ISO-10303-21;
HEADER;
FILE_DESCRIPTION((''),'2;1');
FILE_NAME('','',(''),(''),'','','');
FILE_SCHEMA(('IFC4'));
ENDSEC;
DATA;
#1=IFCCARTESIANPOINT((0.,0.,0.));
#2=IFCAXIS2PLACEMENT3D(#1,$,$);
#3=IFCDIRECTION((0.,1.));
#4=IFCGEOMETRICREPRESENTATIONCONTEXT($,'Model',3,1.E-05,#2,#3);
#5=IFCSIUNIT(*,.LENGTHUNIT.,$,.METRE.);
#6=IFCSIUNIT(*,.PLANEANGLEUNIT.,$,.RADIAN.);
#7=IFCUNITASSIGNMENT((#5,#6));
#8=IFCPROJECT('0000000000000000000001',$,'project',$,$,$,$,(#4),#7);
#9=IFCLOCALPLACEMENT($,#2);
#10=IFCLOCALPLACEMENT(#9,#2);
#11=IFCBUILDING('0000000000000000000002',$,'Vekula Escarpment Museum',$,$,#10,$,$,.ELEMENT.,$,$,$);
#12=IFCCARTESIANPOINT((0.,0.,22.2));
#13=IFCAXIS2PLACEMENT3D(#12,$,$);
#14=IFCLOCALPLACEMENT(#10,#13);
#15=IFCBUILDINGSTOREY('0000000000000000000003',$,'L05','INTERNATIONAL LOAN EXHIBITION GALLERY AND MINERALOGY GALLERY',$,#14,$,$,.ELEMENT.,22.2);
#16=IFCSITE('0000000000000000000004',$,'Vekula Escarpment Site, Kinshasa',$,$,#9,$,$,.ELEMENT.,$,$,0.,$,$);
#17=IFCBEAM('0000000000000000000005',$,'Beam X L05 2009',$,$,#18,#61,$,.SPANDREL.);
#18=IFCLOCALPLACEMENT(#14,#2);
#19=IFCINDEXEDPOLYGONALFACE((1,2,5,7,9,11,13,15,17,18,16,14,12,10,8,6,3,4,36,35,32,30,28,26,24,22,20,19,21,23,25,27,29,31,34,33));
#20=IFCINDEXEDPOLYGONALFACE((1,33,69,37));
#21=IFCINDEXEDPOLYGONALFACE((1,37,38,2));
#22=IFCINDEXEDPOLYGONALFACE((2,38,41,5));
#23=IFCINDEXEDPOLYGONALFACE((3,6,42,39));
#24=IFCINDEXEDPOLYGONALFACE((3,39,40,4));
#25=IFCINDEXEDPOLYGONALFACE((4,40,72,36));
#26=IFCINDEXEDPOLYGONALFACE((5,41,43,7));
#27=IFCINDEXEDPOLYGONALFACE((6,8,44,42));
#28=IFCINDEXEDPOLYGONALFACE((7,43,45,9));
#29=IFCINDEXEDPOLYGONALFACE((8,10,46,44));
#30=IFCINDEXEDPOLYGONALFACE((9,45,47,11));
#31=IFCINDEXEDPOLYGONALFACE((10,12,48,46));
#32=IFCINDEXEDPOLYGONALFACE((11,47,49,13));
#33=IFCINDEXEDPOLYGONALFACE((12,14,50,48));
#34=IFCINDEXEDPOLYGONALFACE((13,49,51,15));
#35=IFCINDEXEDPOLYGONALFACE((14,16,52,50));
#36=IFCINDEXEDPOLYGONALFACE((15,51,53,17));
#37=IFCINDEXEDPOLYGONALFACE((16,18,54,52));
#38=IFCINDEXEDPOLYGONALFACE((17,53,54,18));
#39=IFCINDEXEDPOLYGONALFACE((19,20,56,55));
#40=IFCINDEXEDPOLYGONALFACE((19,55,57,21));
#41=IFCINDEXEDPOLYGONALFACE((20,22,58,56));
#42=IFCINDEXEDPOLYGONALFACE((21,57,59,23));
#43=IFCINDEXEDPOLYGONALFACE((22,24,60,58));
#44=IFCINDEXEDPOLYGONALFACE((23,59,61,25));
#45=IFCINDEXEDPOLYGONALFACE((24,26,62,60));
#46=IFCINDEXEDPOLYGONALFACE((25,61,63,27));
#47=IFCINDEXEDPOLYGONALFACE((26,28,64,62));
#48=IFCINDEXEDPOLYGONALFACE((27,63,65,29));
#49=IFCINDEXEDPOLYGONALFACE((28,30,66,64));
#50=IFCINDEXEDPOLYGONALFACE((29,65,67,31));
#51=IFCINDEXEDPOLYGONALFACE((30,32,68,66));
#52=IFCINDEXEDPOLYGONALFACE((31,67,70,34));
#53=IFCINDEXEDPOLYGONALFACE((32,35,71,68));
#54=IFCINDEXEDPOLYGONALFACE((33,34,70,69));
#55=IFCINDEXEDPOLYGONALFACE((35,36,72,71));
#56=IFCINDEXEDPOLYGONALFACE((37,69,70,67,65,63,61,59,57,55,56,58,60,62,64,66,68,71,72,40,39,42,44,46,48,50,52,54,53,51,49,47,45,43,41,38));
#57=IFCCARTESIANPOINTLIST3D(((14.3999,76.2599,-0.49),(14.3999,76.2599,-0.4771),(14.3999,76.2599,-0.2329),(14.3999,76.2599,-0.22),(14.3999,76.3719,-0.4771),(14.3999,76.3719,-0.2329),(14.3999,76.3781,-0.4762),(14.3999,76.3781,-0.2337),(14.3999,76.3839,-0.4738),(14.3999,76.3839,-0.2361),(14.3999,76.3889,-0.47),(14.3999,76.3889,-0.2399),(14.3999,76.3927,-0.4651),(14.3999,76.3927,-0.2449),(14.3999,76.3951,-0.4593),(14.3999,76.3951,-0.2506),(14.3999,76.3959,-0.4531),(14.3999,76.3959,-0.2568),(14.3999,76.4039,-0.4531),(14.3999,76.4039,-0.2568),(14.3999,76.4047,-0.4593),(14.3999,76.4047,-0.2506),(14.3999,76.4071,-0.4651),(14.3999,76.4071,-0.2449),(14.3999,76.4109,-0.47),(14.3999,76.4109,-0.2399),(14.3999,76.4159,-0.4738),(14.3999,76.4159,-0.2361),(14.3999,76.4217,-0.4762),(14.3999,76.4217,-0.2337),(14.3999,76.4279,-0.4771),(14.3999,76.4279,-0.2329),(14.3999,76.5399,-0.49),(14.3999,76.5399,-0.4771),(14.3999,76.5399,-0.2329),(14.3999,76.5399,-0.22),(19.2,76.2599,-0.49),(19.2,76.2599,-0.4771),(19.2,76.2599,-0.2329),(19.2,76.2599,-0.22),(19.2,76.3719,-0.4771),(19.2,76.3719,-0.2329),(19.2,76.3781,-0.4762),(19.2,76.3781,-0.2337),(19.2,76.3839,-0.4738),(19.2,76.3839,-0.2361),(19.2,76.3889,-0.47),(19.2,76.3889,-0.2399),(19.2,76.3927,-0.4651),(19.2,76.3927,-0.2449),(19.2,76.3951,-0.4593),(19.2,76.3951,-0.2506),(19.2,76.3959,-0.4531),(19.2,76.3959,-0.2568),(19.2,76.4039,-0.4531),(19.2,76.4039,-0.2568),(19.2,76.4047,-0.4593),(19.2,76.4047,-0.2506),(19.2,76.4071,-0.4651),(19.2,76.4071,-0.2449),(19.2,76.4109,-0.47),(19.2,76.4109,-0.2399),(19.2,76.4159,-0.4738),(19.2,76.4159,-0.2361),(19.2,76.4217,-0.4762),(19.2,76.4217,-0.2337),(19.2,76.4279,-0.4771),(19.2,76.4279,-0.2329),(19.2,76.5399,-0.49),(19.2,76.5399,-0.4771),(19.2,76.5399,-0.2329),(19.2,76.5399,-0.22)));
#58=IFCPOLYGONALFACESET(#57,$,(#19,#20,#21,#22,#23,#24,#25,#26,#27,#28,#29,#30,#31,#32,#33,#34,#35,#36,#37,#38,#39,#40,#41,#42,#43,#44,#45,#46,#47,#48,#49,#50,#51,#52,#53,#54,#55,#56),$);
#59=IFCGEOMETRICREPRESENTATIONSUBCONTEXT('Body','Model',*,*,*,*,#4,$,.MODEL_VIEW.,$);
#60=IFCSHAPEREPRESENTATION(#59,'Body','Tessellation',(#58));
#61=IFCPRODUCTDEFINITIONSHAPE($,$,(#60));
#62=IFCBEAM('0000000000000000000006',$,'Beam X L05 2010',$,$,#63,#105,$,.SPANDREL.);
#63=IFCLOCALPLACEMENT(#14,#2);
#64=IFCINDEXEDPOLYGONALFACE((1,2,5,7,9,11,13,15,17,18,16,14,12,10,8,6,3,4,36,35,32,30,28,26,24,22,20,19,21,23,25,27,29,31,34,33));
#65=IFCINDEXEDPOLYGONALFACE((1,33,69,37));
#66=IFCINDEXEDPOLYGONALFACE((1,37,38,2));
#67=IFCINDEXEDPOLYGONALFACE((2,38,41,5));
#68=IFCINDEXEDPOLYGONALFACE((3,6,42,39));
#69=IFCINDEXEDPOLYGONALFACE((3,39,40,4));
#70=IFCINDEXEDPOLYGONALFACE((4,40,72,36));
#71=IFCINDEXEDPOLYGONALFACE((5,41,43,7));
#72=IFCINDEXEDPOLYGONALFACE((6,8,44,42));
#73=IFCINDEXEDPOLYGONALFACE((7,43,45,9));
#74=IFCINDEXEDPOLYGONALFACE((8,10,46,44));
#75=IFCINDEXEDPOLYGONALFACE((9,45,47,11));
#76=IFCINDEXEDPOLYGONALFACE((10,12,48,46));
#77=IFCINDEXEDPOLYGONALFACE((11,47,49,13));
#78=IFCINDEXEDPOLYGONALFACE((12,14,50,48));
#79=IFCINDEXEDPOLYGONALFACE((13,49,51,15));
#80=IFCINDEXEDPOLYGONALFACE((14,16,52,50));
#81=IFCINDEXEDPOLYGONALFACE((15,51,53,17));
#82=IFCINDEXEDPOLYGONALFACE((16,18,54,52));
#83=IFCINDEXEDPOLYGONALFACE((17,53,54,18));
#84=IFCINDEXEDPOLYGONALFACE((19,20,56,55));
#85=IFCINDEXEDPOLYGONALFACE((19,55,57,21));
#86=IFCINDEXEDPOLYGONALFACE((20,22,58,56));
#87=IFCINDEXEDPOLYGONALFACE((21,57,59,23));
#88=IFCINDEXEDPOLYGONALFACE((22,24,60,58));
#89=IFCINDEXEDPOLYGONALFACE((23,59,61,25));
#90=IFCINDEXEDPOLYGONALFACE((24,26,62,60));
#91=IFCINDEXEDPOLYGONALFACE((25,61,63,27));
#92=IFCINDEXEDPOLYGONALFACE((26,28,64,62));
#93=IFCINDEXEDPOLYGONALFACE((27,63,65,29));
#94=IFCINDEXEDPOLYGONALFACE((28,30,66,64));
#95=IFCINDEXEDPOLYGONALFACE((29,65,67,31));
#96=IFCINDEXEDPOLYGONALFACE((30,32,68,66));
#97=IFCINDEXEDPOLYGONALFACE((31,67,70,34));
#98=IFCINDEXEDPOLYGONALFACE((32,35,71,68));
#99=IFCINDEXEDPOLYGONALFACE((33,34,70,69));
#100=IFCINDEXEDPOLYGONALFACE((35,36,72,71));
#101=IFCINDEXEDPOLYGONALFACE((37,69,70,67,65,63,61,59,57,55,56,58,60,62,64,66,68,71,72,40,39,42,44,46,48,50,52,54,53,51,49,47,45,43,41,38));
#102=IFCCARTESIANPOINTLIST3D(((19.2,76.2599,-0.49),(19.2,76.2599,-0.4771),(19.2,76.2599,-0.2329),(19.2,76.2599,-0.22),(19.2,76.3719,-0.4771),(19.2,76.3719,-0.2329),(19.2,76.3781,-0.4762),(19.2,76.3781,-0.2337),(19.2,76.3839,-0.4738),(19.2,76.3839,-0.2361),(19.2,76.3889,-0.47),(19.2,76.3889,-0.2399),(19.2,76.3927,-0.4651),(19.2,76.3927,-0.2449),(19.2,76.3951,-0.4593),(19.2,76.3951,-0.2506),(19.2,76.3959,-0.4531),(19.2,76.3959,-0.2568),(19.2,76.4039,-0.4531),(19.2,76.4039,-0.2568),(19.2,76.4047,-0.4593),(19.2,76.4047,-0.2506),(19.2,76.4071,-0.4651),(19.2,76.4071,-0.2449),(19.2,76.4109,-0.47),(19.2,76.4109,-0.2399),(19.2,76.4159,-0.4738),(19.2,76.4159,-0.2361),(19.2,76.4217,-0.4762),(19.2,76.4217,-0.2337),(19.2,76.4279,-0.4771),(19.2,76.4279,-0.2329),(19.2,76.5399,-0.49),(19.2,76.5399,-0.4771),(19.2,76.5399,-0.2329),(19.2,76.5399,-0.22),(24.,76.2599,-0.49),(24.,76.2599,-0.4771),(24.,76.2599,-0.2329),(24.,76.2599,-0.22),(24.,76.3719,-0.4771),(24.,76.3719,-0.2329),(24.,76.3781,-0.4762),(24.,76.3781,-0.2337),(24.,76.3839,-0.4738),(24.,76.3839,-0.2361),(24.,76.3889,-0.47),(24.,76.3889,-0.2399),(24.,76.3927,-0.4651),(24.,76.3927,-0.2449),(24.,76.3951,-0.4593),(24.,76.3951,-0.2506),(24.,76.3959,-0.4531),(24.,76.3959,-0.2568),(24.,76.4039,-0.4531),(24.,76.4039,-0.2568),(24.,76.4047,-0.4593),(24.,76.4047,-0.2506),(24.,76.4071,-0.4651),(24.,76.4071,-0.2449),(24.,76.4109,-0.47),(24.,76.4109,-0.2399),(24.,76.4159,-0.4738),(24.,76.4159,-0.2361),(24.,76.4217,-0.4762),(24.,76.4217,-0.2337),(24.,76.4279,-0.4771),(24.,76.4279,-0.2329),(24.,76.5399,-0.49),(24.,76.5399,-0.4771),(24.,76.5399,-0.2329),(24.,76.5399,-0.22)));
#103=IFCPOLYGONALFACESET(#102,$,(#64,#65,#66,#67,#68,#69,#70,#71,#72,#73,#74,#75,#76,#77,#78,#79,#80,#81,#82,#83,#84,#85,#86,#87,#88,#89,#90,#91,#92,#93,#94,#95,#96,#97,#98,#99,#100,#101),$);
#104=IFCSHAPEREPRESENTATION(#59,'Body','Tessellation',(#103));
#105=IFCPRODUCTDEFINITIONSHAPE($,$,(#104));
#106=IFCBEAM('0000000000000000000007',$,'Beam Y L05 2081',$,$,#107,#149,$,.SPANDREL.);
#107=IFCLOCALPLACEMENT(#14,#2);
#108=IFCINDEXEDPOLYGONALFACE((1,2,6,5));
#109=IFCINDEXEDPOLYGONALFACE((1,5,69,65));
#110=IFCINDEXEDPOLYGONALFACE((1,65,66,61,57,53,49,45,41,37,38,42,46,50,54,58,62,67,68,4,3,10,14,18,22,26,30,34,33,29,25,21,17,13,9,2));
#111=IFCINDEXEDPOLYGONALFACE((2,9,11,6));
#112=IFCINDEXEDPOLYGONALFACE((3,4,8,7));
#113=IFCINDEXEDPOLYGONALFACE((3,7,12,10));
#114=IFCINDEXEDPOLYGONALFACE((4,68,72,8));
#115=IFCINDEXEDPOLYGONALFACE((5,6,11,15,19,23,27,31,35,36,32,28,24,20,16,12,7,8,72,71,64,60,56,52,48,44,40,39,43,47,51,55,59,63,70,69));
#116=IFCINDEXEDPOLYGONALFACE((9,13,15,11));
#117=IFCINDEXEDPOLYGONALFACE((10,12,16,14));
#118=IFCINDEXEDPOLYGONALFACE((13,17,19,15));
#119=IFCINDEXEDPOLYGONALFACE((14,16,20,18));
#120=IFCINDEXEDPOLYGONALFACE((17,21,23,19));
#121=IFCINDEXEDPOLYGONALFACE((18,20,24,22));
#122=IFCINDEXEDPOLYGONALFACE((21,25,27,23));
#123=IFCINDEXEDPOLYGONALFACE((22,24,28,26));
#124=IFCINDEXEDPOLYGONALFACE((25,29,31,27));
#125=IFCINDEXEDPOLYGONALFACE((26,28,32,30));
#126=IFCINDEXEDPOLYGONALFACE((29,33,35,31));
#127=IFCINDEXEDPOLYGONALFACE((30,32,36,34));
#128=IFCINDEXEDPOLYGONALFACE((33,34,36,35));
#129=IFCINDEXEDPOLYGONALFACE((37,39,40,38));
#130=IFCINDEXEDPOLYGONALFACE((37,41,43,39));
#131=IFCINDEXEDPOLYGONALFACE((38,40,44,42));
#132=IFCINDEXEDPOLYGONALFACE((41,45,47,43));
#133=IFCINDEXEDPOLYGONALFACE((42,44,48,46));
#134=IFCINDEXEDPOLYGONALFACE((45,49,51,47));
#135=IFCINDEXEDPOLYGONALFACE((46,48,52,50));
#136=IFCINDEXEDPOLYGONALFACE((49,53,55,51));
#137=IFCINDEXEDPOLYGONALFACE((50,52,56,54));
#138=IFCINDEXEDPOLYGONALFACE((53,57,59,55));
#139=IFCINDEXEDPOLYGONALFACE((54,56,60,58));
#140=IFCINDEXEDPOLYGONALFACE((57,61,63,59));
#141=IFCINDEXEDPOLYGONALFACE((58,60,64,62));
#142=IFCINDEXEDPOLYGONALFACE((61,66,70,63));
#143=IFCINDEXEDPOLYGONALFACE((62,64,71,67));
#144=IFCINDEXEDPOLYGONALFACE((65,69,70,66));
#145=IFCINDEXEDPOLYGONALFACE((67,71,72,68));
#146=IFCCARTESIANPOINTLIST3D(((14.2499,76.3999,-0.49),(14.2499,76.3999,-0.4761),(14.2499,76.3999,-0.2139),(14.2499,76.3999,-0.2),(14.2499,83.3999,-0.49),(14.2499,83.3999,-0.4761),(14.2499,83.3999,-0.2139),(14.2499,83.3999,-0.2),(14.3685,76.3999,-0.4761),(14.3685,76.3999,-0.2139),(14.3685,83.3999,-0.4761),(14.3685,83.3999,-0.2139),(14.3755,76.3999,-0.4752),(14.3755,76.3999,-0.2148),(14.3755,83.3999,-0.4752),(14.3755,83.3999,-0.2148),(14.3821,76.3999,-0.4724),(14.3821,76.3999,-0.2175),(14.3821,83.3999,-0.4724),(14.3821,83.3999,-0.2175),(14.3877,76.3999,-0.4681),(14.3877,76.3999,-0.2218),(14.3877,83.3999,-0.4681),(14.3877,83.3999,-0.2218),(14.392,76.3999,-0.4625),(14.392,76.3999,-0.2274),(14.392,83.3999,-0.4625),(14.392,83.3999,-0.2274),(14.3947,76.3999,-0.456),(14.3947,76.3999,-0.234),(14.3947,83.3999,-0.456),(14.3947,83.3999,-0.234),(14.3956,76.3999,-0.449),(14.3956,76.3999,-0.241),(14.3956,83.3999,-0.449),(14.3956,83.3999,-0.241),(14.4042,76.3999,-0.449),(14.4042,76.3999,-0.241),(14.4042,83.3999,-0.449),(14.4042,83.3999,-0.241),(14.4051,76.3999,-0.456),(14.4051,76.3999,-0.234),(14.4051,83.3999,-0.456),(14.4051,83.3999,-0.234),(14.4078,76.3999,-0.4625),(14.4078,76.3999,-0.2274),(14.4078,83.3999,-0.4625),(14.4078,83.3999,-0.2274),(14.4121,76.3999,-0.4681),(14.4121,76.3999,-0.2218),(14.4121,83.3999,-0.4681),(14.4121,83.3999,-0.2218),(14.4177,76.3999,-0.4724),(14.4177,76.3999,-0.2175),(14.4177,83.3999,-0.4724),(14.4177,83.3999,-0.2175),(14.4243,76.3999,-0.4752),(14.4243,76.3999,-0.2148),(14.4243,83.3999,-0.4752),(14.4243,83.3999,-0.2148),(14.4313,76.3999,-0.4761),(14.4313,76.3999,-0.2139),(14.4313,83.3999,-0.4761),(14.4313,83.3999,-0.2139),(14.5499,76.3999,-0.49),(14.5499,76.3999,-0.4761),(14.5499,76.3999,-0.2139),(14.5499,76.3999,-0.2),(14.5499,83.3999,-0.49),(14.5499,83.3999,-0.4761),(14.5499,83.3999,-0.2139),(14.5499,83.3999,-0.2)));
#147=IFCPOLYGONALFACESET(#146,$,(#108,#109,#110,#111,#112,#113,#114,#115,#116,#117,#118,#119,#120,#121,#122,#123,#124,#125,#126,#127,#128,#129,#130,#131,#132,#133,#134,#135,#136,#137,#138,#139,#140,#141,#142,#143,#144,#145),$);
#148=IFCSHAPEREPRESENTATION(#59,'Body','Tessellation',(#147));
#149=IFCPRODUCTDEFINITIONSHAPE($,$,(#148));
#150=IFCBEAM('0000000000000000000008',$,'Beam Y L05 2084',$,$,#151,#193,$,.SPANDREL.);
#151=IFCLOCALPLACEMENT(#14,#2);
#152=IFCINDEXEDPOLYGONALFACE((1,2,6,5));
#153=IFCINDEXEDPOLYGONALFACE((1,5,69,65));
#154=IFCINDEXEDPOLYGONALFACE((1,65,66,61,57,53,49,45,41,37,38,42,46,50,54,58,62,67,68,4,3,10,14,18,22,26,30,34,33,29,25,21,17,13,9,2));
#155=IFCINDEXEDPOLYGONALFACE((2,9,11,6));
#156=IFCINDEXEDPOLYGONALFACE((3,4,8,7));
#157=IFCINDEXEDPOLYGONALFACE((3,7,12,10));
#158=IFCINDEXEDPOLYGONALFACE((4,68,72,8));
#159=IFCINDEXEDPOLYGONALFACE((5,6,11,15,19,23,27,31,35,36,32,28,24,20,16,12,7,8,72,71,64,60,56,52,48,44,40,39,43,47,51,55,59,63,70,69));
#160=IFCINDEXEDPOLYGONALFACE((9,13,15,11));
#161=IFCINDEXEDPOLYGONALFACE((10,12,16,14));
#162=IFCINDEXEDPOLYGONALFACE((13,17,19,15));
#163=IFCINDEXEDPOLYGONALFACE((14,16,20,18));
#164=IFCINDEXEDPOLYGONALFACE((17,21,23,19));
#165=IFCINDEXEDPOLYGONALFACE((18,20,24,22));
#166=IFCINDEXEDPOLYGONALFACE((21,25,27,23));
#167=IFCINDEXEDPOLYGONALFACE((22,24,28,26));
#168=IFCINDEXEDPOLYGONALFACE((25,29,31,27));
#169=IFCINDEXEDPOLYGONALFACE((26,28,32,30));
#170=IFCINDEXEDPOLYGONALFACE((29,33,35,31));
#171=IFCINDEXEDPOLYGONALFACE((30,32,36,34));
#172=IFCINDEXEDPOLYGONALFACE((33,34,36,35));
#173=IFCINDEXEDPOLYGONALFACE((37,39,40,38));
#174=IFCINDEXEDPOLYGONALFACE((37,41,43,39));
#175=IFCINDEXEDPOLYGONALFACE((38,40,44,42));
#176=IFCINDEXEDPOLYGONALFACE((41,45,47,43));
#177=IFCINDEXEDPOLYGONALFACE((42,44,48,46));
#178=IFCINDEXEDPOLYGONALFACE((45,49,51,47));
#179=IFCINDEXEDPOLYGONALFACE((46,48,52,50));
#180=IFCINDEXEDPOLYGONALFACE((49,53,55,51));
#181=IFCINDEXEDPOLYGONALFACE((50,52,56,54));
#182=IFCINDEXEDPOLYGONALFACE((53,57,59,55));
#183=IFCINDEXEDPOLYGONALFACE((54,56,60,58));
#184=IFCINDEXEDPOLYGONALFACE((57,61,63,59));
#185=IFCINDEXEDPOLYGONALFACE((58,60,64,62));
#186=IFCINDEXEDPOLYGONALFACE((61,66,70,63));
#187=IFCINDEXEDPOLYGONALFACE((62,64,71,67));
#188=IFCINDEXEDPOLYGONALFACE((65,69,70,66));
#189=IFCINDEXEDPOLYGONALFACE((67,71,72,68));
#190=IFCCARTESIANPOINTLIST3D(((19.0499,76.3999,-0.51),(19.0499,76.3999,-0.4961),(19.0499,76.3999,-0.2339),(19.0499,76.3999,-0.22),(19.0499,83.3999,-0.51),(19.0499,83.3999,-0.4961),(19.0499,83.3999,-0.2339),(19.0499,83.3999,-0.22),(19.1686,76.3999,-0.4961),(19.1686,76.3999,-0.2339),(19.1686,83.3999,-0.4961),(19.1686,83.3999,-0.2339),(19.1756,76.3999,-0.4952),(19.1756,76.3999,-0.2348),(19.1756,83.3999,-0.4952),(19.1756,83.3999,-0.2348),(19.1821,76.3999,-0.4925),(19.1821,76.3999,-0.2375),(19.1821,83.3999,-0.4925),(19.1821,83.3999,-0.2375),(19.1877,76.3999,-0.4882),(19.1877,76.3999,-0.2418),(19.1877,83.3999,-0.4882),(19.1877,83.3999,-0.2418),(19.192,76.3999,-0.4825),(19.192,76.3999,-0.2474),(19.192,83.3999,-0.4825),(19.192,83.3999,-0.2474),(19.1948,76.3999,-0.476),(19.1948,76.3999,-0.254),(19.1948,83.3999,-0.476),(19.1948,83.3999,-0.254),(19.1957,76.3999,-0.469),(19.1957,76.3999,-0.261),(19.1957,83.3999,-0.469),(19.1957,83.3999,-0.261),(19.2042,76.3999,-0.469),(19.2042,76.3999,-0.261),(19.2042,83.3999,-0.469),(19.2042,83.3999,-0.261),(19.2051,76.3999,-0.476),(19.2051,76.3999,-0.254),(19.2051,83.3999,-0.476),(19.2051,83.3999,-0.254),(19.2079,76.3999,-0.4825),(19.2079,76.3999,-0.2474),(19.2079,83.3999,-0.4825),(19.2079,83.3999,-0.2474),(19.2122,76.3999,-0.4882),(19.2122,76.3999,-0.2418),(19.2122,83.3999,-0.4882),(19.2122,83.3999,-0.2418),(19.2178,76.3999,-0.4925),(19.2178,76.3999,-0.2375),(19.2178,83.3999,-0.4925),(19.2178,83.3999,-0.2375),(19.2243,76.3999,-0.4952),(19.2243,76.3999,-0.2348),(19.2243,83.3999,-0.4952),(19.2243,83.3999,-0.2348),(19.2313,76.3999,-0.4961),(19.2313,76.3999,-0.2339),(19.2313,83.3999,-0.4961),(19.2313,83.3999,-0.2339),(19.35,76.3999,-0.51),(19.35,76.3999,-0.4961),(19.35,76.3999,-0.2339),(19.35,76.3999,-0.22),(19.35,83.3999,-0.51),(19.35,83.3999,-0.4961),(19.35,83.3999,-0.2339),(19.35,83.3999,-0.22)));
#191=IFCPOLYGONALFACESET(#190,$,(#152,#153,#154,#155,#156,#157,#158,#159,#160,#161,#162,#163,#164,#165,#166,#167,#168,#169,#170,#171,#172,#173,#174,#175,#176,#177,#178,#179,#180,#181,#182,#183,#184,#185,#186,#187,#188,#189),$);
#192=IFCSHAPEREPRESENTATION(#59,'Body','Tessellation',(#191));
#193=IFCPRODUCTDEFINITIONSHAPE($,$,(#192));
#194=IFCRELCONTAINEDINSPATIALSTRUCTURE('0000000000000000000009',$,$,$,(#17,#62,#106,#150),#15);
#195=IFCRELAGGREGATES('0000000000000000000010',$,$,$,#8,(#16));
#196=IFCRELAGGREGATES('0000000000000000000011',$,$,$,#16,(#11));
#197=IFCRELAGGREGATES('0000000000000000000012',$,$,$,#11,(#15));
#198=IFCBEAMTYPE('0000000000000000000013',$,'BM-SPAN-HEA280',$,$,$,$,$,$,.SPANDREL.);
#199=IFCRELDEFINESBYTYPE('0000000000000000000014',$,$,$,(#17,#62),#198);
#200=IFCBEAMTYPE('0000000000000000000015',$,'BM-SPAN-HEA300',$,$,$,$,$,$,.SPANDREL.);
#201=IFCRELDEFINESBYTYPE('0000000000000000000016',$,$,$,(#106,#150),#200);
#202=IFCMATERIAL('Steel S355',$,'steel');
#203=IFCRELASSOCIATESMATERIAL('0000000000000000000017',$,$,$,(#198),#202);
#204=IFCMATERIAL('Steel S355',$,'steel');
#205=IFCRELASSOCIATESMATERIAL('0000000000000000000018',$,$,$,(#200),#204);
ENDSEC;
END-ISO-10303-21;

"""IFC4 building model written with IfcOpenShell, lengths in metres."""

from ifc_helpers import new_model, si_unit, direction, frame, origin, origin_2d, place, context, subcontext, project, spatial, i_section, extrude, material, material_profile, profile_set, type_object, element, save


model = new_model("IFC4")

# Units and contexts
model_context = context("Model", 3, precision=1e-05, world=origin(), true_north=direction((0.0, 1.0)))
body_context = subcontext(model_context, "Body", "Model", "MODEL_VIEW")
ifc_project = project(units=[si_unit("LENGTHUNIT", "METRE"), si_unit("PLANEANGLEUNIT", "RADIAN")], contexts=[model_context])

# Site, building, storey
site_placement = place(None, origin())
site = spatial("IfcSite", under=ifc_project, at=site_placement, Name="Vekula Escarpment Site, Kinshasa", CompositionType="ELEMENT", RefElevation=0.0)
building_placement = place(site_placement, origin())
building = spatial("IfcBuilding", under=site, at=building_placement, Name="Vekula Escarpment Museum", CompositionType="ELEMENT")
storey_placement = place(building_placement, frame((0.0, 0.0, 22.2)))
storey = spatial("IfcBuildingStorey", under=building, at=storey_placement, Name="L05", Description="INTERNATIONAL LOAN EXHIBITION GALLERY AND MINERALOGY GALLERY", CompositionType="ELEMENT", Elevation=22.2)

# Beams
ifc_material_1 = material(Name="Steel S355", Category="steel")
ifc_material_profile_1 = material_profile(ifc_material_1, i_section(OverallWidth=0.28, OverallDepth=0.27, WebThickness=0.0081, FlangeThickness=0.0129, FilletRadius=0.0239, at=origin_2d()), Name="HEA 280")
ifc_profile_set_1 = profile_set([ifc_material_profile_1], Name="Steel S355")
beam_type_1 = type_object("IfcBeamType", Name="BM-SPAN-HEA280", PredefinedType="SPANDREL", material=ifc_profile_set_1)
for number, where, z_axis, x_axis, name in (
    (1, (14.3999, 76.3999, -0.355), (1.0, 0.0, 0.0), (0.0, 1.0, 0.0), "Beam X L05 2009"),
    (2, (19.2, 76.3999, -0.355), (1.0, 0.0, 0.0), (0.0, 1.0, 0.0), "Beam X L05 2010"),
):
    element("IfcBeam", number, at=place(storey_placement, frame(where, z_axis=z_axis, x_axis=x_axis)), inside=storey, type_object=beam_type_1, Name=name, PredefinedType="SPANDREL", context=body_context, shape_type="SweptSolid", body=[
        extrude(i_section(OverallWidth=0.28, OverallDepth=0.27, WebThickness=0.0081, FlangeThickness=0.0129, FilletRadius=0.0239, at=origin_2d()), origin(), (0.0, 0.0, 1.0), 4.8),
    ])
ifc_material_2 = material(Name="Steel S355", Category="steel")
ifc_material_profile_2 = material_profile(ifc_material_2, i_section(OverallWidth=0.3, OverallDepth=0.29, WebThickness=0.0085, FlangeThickness=0.0139, FilletRadius=0.0271, at=origin_2d()), Name="HEA 300")
ifc_profile_set_2 = profile_set([ifc_material_profile_2], Name="Steel S355")
beam_type_2 = type_object("IfcBeamType", Name="BM-SPAN-HEA300", PredefinedType="SPANDREL", material=ifc_profile_set_2)
for number, where, z_axis, x_axis, name in (
    (3, (14.3999, 76.3999, -0.345), (0.0, 1.0, 0.0), (-1.0, 0.0, 0.0), "Beam Y L05 2081"),
    (4, (19.2, 76.3999, -0.365), (0.0, 1.0, 0.0), (-1.0, 0.0, 0.0), "Beam Y L05 2084"),
):
    element("IfcBeam", number, at=place(storey_placement, frame(where, z_axis=z_axis, x_axis=x_axis)), inside=storey, type_object=beam_type_2, Name=name, PredefinedType="SPANDREL", context=body_context, shape_type="SweptSolid", body=[
        extrude(i_section(OverallWidth=0.3, OverallDepth=0.29, WebThickness=0.0085, FlangeThickness=0.0139, FilletRadius=0.0271, at=origin_2d()), origin(), (0.0, 0.0, 1.0), 7.0),
    ])

save(model, "model.ifc")
